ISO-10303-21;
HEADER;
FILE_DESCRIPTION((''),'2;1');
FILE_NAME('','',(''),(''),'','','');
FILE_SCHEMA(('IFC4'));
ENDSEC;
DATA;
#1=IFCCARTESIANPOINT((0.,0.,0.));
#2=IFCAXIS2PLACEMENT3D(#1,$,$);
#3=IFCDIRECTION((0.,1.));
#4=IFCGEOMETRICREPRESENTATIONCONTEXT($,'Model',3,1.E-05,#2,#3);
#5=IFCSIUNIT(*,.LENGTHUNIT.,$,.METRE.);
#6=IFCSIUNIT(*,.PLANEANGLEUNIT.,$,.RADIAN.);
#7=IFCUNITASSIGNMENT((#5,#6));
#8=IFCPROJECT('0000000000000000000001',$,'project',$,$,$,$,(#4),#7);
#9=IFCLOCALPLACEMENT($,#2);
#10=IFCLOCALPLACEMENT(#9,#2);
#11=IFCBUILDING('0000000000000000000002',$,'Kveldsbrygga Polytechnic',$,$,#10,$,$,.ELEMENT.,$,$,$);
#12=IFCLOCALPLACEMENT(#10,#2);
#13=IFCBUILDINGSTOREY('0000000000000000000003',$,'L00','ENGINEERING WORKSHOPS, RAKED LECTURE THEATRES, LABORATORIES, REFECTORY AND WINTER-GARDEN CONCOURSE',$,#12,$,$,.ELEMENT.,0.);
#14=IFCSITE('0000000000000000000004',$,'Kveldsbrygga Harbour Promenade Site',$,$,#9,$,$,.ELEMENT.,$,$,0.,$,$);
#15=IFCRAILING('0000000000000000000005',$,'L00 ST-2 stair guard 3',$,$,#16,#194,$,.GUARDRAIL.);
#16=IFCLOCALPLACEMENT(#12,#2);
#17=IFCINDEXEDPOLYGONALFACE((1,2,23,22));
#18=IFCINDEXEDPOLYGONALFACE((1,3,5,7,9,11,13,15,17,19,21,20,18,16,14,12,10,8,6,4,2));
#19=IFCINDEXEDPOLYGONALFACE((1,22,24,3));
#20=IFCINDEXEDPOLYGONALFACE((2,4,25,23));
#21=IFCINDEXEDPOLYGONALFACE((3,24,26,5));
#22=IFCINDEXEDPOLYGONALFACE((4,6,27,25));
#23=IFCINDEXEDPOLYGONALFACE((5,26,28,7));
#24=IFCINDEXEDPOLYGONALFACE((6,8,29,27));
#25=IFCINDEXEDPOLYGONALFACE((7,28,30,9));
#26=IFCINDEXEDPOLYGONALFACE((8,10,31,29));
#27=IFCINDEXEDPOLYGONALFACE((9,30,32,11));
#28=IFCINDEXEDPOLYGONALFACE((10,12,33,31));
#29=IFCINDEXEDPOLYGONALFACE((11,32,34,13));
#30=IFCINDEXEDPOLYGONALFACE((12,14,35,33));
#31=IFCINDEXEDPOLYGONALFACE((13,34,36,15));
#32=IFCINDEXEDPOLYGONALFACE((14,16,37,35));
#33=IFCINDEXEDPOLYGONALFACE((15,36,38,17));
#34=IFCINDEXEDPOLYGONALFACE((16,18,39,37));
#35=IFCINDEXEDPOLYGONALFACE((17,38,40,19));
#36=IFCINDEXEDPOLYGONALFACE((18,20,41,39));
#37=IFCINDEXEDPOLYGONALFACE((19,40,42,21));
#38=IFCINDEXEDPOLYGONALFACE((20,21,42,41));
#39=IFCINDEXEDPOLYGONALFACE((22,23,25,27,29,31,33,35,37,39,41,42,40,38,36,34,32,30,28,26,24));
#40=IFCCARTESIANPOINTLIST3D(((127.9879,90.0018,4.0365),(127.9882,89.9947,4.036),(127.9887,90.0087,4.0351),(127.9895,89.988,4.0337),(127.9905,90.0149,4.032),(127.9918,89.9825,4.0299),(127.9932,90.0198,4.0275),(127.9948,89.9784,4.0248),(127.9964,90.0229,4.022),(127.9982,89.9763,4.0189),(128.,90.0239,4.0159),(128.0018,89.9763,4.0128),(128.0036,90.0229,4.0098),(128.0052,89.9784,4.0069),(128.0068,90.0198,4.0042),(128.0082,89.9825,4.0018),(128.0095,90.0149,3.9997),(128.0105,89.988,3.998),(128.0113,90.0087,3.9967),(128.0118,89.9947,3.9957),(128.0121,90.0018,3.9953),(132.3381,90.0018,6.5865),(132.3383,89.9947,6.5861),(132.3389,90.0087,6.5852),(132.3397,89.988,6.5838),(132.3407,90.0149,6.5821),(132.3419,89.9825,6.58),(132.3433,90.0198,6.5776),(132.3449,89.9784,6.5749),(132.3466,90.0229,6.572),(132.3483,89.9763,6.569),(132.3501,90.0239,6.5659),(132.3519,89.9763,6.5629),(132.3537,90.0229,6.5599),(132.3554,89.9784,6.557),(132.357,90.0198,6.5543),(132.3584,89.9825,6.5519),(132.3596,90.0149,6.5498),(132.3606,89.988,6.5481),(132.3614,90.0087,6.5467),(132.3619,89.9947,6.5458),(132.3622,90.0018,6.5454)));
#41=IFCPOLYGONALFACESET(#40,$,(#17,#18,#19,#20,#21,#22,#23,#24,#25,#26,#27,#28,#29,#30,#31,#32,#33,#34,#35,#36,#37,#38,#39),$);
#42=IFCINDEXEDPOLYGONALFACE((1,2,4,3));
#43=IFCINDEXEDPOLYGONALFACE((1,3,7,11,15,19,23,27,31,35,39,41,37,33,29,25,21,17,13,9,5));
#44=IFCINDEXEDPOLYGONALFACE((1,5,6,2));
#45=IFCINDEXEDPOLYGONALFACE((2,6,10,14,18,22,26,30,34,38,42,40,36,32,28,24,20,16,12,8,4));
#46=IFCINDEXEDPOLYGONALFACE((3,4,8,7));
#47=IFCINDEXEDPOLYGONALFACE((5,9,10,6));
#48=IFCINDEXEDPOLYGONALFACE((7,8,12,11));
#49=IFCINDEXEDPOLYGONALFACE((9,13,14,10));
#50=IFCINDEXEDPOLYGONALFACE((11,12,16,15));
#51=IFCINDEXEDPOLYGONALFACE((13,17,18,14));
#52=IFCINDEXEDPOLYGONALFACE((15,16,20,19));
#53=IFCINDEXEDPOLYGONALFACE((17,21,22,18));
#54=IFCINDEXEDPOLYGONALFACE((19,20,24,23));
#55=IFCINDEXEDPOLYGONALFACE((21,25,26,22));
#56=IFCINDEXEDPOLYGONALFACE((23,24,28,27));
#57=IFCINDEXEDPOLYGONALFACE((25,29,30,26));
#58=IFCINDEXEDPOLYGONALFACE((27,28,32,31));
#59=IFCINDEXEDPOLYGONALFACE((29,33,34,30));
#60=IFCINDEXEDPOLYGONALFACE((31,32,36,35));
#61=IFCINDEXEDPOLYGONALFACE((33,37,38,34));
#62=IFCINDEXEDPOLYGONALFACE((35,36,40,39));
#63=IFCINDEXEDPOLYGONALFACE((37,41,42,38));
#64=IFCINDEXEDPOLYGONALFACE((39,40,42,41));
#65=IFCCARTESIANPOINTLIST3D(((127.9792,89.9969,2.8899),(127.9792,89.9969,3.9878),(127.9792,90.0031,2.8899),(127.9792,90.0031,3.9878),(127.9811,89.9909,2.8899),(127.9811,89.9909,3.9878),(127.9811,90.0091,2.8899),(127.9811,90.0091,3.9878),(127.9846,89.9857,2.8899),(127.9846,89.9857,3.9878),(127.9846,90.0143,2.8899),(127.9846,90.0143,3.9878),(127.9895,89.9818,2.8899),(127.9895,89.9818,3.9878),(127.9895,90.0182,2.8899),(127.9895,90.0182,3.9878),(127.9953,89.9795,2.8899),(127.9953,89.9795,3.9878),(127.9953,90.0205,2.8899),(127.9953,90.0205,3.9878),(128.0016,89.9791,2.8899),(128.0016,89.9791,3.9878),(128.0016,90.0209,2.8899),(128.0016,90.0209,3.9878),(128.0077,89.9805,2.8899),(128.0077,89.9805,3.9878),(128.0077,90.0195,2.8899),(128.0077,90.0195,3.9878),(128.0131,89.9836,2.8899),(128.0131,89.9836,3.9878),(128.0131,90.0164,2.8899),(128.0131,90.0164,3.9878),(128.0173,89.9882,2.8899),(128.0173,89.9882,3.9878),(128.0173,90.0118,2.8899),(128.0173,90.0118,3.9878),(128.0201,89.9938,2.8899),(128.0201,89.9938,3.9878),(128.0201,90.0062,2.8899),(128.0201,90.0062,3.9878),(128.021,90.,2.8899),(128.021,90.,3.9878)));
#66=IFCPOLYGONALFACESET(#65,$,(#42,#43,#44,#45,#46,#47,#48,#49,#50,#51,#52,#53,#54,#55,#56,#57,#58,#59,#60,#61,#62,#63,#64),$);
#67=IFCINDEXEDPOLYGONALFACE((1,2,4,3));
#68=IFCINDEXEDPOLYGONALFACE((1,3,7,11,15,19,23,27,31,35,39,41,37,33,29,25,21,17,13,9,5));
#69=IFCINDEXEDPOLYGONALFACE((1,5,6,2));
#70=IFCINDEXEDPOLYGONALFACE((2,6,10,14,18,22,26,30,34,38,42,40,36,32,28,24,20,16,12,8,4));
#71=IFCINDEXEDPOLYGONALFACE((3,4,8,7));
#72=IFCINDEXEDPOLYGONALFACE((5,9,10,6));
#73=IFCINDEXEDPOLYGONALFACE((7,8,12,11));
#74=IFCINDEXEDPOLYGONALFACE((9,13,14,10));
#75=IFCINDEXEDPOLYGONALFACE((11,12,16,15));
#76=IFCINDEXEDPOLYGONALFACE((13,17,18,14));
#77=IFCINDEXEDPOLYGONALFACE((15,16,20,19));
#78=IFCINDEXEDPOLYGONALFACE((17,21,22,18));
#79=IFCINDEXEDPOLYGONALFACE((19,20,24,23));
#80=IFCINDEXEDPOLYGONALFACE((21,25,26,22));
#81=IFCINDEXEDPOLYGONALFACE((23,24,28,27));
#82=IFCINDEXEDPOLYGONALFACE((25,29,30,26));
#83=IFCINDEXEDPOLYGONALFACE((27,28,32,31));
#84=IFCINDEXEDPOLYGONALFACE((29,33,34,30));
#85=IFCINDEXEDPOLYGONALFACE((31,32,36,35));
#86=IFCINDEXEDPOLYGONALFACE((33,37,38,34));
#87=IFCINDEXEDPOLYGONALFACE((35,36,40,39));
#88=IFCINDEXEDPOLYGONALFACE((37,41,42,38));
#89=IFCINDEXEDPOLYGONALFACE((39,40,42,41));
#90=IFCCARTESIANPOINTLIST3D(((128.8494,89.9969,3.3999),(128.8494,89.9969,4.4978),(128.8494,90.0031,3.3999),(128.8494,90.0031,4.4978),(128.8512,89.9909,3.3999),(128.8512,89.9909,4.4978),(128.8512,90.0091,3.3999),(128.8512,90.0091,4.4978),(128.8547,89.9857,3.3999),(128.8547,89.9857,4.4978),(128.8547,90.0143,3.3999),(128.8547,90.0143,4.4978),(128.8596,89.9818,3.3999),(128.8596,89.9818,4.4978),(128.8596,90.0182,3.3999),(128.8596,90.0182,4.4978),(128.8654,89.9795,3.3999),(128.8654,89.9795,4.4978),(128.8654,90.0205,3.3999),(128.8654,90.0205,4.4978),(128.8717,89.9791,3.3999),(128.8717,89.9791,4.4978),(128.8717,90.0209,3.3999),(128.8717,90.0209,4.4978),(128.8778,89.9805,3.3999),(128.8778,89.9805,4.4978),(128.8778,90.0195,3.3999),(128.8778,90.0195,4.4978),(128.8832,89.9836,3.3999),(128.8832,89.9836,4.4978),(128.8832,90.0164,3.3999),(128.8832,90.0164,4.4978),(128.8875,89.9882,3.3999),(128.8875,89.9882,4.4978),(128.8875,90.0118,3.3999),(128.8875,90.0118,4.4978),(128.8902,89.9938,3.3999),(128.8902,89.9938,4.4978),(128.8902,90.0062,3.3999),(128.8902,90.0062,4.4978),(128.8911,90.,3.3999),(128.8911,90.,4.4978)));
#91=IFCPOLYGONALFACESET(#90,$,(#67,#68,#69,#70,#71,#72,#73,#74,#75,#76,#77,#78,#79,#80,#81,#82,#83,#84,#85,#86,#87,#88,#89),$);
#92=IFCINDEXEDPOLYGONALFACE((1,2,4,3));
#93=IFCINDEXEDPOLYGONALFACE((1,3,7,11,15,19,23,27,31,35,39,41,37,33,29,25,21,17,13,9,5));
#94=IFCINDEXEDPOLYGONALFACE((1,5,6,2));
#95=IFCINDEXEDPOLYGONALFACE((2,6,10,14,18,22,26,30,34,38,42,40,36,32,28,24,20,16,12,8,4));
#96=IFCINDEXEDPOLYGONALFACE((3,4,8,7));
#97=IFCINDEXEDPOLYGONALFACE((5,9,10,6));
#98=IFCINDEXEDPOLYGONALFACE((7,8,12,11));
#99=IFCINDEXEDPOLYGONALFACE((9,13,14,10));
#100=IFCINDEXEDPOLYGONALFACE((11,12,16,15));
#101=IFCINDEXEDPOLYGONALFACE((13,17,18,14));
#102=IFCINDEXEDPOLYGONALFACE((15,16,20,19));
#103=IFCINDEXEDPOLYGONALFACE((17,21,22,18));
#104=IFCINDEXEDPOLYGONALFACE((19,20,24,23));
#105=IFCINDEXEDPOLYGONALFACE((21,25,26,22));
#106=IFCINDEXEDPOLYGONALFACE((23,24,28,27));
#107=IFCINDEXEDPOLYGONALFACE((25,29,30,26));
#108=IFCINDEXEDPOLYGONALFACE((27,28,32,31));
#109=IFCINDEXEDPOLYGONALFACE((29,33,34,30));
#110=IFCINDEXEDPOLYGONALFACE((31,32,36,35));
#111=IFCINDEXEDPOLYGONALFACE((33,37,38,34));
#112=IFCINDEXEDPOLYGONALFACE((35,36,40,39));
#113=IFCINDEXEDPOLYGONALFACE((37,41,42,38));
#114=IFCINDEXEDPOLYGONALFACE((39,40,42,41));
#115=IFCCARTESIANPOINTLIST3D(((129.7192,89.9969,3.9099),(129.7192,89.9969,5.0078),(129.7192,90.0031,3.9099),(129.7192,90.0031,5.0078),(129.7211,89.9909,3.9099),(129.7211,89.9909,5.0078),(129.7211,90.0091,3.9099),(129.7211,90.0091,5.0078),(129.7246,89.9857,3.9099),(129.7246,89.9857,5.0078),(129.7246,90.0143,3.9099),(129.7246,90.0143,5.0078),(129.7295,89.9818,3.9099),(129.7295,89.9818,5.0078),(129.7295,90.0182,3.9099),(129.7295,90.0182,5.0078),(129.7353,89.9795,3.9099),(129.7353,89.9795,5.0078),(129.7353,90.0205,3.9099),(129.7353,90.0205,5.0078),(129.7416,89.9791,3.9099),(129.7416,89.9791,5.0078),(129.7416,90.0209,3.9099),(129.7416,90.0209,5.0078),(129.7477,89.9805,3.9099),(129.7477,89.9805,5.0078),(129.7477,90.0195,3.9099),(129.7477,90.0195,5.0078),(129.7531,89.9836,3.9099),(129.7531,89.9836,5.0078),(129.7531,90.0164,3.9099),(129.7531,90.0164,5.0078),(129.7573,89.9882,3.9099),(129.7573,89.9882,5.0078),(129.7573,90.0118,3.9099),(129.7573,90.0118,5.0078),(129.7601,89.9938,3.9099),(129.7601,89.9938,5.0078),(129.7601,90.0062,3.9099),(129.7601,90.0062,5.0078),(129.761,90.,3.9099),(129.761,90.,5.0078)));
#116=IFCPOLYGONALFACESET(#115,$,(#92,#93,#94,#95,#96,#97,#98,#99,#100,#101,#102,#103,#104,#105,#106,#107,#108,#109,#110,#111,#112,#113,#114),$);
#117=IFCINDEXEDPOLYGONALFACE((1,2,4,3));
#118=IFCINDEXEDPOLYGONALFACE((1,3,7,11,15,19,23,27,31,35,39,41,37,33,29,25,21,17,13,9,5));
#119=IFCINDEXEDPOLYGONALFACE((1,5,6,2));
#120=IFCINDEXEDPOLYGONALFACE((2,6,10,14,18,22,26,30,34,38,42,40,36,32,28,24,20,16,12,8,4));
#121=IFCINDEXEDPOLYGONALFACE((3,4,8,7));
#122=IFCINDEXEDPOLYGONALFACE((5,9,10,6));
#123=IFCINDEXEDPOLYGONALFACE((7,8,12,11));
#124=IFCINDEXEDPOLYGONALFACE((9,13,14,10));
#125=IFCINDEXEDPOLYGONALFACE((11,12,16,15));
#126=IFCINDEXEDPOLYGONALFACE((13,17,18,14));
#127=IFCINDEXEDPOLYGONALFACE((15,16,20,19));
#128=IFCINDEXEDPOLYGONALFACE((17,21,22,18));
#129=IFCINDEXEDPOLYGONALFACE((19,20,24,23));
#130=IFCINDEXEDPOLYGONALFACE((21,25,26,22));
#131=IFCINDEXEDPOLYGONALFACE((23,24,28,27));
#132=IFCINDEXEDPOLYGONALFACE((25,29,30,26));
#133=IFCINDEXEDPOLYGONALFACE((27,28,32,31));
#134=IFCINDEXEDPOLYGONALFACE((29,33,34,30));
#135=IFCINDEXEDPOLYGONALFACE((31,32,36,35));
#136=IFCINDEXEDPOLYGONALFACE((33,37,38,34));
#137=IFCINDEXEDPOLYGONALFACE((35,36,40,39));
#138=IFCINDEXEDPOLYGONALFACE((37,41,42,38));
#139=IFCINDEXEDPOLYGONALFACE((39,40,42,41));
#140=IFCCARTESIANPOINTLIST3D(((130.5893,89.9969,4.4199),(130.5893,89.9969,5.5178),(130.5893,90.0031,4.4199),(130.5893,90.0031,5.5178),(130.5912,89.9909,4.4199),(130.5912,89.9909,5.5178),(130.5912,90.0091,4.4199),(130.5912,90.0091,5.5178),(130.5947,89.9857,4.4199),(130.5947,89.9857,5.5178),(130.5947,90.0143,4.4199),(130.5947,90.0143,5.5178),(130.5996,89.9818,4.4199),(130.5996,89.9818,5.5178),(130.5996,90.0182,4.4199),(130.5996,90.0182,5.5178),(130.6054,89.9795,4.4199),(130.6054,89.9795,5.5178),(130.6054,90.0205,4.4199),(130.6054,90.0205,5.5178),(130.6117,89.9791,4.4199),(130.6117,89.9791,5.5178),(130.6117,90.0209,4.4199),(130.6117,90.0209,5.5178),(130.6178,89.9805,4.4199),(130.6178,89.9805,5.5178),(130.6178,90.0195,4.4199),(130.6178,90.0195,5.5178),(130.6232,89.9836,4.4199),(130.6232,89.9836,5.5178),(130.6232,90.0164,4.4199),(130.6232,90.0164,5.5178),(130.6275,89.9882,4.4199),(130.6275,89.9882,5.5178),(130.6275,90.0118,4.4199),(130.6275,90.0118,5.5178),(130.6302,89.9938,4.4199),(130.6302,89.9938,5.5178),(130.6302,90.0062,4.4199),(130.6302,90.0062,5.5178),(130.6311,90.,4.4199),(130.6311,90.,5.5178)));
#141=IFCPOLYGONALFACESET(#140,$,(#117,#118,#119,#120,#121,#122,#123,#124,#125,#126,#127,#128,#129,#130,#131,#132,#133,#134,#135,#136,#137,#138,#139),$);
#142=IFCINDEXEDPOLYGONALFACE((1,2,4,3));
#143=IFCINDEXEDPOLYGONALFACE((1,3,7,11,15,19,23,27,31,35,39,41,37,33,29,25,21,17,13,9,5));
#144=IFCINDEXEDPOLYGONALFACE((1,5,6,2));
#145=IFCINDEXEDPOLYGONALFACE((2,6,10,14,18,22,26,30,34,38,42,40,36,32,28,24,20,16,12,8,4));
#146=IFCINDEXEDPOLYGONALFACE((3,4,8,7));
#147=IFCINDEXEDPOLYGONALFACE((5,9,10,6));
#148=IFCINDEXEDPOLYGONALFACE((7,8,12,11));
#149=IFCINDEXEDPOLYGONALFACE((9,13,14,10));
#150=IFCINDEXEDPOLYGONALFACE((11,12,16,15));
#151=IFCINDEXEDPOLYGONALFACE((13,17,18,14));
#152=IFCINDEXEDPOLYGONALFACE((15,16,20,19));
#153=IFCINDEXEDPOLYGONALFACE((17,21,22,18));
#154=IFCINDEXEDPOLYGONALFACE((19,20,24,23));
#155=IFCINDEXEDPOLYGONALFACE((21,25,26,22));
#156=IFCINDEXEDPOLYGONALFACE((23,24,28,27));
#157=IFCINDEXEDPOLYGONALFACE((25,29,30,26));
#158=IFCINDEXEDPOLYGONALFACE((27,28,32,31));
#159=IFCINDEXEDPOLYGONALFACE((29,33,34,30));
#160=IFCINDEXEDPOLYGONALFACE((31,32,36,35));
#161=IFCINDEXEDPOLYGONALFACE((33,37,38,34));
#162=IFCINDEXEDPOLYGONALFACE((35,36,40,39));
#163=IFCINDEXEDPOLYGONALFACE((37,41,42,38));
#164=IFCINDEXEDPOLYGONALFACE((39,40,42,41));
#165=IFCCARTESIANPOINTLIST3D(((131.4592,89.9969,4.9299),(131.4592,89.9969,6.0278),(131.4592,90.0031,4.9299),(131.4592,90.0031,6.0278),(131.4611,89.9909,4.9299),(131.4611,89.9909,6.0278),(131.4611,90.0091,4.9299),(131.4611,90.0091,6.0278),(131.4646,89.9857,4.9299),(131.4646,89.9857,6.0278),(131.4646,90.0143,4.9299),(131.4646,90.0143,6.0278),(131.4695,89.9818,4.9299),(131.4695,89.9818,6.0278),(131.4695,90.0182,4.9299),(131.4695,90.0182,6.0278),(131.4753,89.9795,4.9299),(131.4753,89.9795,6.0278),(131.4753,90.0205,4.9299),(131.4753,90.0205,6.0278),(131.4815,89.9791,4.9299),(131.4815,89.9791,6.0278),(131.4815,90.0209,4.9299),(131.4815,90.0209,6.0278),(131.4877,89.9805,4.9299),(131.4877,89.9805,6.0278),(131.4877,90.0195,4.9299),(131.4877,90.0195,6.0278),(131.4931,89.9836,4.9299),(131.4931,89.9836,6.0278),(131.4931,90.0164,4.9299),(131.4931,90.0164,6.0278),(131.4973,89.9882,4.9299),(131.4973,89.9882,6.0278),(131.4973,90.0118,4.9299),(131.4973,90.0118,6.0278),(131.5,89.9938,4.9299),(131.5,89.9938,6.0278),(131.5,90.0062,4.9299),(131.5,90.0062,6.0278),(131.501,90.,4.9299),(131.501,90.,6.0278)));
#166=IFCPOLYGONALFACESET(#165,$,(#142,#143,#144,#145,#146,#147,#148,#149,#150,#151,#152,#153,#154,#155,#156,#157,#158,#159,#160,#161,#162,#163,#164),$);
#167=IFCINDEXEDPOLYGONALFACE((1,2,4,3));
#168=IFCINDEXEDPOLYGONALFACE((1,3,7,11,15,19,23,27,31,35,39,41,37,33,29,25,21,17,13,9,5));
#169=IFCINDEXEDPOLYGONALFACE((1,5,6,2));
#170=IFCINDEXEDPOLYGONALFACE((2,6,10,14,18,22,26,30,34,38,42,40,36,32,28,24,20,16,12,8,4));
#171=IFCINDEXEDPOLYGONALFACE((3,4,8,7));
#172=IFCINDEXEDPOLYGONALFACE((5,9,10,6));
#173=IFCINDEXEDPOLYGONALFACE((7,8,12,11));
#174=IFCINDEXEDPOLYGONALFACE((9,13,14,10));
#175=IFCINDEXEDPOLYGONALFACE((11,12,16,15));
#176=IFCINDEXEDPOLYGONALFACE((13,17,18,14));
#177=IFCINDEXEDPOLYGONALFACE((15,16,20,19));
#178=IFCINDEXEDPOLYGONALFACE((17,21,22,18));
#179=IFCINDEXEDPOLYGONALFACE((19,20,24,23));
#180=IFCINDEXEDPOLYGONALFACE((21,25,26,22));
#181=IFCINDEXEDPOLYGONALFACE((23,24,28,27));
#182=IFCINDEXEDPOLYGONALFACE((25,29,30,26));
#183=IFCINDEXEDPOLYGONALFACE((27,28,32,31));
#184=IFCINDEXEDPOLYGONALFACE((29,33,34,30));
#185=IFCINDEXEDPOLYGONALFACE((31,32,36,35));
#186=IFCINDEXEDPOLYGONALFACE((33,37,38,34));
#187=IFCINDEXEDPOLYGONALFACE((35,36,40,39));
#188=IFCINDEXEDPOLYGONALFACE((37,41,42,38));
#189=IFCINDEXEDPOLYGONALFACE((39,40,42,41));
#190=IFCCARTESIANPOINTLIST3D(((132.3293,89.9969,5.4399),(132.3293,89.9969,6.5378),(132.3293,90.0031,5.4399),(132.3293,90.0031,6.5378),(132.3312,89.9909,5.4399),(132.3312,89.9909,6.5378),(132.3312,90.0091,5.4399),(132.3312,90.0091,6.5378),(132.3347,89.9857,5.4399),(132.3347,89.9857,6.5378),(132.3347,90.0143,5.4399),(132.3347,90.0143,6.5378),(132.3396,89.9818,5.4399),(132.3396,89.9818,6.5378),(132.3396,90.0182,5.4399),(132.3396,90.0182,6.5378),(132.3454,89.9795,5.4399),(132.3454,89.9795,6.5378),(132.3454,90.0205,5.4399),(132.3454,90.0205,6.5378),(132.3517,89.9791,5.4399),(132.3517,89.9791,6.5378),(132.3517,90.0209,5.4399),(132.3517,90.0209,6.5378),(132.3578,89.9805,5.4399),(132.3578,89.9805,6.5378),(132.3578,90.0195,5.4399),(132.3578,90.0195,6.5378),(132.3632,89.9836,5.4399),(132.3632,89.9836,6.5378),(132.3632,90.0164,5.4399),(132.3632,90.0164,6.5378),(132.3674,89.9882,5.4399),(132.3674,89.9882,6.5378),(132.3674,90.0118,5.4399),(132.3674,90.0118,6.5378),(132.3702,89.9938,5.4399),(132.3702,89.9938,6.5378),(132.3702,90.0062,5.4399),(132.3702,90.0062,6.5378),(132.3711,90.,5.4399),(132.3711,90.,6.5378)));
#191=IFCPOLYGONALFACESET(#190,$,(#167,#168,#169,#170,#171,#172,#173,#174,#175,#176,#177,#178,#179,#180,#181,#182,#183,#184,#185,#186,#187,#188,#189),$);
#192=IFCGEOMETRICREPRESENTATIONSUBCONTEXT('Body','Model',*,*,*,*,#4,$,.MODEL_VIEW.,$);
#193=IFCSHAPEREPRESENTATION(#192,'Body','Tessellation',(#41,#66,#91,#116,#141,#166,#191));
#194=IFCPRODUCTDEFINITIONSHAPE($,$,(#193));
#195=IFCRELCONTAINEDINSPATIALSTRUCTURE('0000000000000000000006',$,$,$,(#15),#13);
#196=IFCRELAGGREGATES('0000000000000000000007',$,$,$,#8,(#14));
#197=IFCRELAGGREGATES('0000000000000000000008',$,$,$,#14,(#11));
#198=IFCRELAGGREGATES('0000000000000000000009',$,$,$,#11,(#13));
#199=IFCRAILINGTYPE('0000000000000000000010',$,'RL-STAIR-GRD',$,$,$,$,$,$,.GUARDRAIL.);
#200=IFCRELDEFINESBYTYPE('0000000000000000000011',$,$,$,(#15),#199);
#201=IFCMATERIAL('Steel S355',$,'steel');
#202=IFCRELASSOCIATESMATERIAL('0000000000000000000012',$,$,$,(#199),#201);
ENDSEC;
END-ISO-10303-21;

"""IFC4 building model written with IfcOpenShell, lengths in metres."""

from ifc_helpers import new_model, si_unit, direction, frame, origin, origin_2d, place, context, subcontext, project, spatial, circle, extrude, material, type_object, element, save


model = new_model("IFC4")

# Units and contexts
model_context = context("Model", 3, precision=1e-05, world=origin(), true_north=direction((0.0, 1.0)))
body_context = subcontext(model_context, "Body", "Model", "MODEL_VIEW")
ifc_project = project(units=[si_unit("LENGTHUNIT", "METRE"), si_unit("PLANEANGLEUNIT", "RADIAN")], contexts=[model_context])

# Site, building, storey
site_placement = place(None, origin())
site = spatial("IfcSite", under=ifc_project, at=site_placement, Name="Kveldsbrygga Harbour Promenade Site", CompositionType="ELEMENT", RefElevation=0.0)
building_placement = place(site_placement, origin())
building = spatial("IfcBuilding", under=site, at=building_placement, Name="Kveldsbrygga Polytechnic", CompositionType="ELEMENT")
storey_placement = place(building_placement, origin())
storey = spatial("IfcBuildingStorey", under=building, at=storey_placement, Name="L00", Description="ENGINEERING WORKSHOPS, RAKED LECTURE THEATRES, LABORATORIES, REFECTORY AND WINTER-GARDEN CONCOURSE", CompositionType="ELEMENT", Elevation=0.0)

# Railing
ifc_material_1 = material(Name="Steel S355", Category="steel")
railing_type_1 = type_object("IfcRailingType", Name="RL-STAIR-GRD", PredefinedType="GUARDRAIL", material=ifc_material_1)
railing_1_placement = place(storey_placement, frame((128.0, 90.0, 2.8899)))
element("IfcRailing", 1, at=railing_1_placement, inside=storey, type_object=railing_type_1, Name="L00 ST-2 stair guard 3", PredefinedType="GUARDRAIL", context=body_context, shape_type="SweptSolid", body=[
    extrude(circle(Radius=0.0239, at=origin_2d()), frame((0.0, 0.0, 1.126), z_axis=(0.862699, 0.0, 0.505718), x_axis=(0.0, 1.0, 0.0)), (0.0, 0.0, 1.0), 5.0425),
    extrude(circle(Radius=0.021, at=origin_2d()), origin(), (0.0, 0.0, 1.0), 1.0979),
    extrude(circle(Radius=0.021, at=origin_2d()), frame((0.8701, 0.0, 0.51)), (0.0, 0.0, 1.0), 1.0979),
    extrude(circle(Radius=0.021, at=origin_2d()), frame((1.74, 0.0, 1.02)), (0.0, 0.0, 1.0), 1.0979),
    extrude(circle(Radius=0.021, at=origin_2d()), frame((2.6101, 0.0, 1.53)), (0.0, 0.0, 1.0), 1.0979),
    extrude(circle(Radius=0.021, at=origin_2d()), frame((3.48, 0.0, 2.04)), (0.0, 0.0, 1.0), 1.0979),
    extrude(circle(Radius=0.021, at=origin_2d()), frame((4.3501, 0.0, 2.55)), (0.0, 0.0, 1.0), 1.0979),
])

save(model, "model.ifc")
